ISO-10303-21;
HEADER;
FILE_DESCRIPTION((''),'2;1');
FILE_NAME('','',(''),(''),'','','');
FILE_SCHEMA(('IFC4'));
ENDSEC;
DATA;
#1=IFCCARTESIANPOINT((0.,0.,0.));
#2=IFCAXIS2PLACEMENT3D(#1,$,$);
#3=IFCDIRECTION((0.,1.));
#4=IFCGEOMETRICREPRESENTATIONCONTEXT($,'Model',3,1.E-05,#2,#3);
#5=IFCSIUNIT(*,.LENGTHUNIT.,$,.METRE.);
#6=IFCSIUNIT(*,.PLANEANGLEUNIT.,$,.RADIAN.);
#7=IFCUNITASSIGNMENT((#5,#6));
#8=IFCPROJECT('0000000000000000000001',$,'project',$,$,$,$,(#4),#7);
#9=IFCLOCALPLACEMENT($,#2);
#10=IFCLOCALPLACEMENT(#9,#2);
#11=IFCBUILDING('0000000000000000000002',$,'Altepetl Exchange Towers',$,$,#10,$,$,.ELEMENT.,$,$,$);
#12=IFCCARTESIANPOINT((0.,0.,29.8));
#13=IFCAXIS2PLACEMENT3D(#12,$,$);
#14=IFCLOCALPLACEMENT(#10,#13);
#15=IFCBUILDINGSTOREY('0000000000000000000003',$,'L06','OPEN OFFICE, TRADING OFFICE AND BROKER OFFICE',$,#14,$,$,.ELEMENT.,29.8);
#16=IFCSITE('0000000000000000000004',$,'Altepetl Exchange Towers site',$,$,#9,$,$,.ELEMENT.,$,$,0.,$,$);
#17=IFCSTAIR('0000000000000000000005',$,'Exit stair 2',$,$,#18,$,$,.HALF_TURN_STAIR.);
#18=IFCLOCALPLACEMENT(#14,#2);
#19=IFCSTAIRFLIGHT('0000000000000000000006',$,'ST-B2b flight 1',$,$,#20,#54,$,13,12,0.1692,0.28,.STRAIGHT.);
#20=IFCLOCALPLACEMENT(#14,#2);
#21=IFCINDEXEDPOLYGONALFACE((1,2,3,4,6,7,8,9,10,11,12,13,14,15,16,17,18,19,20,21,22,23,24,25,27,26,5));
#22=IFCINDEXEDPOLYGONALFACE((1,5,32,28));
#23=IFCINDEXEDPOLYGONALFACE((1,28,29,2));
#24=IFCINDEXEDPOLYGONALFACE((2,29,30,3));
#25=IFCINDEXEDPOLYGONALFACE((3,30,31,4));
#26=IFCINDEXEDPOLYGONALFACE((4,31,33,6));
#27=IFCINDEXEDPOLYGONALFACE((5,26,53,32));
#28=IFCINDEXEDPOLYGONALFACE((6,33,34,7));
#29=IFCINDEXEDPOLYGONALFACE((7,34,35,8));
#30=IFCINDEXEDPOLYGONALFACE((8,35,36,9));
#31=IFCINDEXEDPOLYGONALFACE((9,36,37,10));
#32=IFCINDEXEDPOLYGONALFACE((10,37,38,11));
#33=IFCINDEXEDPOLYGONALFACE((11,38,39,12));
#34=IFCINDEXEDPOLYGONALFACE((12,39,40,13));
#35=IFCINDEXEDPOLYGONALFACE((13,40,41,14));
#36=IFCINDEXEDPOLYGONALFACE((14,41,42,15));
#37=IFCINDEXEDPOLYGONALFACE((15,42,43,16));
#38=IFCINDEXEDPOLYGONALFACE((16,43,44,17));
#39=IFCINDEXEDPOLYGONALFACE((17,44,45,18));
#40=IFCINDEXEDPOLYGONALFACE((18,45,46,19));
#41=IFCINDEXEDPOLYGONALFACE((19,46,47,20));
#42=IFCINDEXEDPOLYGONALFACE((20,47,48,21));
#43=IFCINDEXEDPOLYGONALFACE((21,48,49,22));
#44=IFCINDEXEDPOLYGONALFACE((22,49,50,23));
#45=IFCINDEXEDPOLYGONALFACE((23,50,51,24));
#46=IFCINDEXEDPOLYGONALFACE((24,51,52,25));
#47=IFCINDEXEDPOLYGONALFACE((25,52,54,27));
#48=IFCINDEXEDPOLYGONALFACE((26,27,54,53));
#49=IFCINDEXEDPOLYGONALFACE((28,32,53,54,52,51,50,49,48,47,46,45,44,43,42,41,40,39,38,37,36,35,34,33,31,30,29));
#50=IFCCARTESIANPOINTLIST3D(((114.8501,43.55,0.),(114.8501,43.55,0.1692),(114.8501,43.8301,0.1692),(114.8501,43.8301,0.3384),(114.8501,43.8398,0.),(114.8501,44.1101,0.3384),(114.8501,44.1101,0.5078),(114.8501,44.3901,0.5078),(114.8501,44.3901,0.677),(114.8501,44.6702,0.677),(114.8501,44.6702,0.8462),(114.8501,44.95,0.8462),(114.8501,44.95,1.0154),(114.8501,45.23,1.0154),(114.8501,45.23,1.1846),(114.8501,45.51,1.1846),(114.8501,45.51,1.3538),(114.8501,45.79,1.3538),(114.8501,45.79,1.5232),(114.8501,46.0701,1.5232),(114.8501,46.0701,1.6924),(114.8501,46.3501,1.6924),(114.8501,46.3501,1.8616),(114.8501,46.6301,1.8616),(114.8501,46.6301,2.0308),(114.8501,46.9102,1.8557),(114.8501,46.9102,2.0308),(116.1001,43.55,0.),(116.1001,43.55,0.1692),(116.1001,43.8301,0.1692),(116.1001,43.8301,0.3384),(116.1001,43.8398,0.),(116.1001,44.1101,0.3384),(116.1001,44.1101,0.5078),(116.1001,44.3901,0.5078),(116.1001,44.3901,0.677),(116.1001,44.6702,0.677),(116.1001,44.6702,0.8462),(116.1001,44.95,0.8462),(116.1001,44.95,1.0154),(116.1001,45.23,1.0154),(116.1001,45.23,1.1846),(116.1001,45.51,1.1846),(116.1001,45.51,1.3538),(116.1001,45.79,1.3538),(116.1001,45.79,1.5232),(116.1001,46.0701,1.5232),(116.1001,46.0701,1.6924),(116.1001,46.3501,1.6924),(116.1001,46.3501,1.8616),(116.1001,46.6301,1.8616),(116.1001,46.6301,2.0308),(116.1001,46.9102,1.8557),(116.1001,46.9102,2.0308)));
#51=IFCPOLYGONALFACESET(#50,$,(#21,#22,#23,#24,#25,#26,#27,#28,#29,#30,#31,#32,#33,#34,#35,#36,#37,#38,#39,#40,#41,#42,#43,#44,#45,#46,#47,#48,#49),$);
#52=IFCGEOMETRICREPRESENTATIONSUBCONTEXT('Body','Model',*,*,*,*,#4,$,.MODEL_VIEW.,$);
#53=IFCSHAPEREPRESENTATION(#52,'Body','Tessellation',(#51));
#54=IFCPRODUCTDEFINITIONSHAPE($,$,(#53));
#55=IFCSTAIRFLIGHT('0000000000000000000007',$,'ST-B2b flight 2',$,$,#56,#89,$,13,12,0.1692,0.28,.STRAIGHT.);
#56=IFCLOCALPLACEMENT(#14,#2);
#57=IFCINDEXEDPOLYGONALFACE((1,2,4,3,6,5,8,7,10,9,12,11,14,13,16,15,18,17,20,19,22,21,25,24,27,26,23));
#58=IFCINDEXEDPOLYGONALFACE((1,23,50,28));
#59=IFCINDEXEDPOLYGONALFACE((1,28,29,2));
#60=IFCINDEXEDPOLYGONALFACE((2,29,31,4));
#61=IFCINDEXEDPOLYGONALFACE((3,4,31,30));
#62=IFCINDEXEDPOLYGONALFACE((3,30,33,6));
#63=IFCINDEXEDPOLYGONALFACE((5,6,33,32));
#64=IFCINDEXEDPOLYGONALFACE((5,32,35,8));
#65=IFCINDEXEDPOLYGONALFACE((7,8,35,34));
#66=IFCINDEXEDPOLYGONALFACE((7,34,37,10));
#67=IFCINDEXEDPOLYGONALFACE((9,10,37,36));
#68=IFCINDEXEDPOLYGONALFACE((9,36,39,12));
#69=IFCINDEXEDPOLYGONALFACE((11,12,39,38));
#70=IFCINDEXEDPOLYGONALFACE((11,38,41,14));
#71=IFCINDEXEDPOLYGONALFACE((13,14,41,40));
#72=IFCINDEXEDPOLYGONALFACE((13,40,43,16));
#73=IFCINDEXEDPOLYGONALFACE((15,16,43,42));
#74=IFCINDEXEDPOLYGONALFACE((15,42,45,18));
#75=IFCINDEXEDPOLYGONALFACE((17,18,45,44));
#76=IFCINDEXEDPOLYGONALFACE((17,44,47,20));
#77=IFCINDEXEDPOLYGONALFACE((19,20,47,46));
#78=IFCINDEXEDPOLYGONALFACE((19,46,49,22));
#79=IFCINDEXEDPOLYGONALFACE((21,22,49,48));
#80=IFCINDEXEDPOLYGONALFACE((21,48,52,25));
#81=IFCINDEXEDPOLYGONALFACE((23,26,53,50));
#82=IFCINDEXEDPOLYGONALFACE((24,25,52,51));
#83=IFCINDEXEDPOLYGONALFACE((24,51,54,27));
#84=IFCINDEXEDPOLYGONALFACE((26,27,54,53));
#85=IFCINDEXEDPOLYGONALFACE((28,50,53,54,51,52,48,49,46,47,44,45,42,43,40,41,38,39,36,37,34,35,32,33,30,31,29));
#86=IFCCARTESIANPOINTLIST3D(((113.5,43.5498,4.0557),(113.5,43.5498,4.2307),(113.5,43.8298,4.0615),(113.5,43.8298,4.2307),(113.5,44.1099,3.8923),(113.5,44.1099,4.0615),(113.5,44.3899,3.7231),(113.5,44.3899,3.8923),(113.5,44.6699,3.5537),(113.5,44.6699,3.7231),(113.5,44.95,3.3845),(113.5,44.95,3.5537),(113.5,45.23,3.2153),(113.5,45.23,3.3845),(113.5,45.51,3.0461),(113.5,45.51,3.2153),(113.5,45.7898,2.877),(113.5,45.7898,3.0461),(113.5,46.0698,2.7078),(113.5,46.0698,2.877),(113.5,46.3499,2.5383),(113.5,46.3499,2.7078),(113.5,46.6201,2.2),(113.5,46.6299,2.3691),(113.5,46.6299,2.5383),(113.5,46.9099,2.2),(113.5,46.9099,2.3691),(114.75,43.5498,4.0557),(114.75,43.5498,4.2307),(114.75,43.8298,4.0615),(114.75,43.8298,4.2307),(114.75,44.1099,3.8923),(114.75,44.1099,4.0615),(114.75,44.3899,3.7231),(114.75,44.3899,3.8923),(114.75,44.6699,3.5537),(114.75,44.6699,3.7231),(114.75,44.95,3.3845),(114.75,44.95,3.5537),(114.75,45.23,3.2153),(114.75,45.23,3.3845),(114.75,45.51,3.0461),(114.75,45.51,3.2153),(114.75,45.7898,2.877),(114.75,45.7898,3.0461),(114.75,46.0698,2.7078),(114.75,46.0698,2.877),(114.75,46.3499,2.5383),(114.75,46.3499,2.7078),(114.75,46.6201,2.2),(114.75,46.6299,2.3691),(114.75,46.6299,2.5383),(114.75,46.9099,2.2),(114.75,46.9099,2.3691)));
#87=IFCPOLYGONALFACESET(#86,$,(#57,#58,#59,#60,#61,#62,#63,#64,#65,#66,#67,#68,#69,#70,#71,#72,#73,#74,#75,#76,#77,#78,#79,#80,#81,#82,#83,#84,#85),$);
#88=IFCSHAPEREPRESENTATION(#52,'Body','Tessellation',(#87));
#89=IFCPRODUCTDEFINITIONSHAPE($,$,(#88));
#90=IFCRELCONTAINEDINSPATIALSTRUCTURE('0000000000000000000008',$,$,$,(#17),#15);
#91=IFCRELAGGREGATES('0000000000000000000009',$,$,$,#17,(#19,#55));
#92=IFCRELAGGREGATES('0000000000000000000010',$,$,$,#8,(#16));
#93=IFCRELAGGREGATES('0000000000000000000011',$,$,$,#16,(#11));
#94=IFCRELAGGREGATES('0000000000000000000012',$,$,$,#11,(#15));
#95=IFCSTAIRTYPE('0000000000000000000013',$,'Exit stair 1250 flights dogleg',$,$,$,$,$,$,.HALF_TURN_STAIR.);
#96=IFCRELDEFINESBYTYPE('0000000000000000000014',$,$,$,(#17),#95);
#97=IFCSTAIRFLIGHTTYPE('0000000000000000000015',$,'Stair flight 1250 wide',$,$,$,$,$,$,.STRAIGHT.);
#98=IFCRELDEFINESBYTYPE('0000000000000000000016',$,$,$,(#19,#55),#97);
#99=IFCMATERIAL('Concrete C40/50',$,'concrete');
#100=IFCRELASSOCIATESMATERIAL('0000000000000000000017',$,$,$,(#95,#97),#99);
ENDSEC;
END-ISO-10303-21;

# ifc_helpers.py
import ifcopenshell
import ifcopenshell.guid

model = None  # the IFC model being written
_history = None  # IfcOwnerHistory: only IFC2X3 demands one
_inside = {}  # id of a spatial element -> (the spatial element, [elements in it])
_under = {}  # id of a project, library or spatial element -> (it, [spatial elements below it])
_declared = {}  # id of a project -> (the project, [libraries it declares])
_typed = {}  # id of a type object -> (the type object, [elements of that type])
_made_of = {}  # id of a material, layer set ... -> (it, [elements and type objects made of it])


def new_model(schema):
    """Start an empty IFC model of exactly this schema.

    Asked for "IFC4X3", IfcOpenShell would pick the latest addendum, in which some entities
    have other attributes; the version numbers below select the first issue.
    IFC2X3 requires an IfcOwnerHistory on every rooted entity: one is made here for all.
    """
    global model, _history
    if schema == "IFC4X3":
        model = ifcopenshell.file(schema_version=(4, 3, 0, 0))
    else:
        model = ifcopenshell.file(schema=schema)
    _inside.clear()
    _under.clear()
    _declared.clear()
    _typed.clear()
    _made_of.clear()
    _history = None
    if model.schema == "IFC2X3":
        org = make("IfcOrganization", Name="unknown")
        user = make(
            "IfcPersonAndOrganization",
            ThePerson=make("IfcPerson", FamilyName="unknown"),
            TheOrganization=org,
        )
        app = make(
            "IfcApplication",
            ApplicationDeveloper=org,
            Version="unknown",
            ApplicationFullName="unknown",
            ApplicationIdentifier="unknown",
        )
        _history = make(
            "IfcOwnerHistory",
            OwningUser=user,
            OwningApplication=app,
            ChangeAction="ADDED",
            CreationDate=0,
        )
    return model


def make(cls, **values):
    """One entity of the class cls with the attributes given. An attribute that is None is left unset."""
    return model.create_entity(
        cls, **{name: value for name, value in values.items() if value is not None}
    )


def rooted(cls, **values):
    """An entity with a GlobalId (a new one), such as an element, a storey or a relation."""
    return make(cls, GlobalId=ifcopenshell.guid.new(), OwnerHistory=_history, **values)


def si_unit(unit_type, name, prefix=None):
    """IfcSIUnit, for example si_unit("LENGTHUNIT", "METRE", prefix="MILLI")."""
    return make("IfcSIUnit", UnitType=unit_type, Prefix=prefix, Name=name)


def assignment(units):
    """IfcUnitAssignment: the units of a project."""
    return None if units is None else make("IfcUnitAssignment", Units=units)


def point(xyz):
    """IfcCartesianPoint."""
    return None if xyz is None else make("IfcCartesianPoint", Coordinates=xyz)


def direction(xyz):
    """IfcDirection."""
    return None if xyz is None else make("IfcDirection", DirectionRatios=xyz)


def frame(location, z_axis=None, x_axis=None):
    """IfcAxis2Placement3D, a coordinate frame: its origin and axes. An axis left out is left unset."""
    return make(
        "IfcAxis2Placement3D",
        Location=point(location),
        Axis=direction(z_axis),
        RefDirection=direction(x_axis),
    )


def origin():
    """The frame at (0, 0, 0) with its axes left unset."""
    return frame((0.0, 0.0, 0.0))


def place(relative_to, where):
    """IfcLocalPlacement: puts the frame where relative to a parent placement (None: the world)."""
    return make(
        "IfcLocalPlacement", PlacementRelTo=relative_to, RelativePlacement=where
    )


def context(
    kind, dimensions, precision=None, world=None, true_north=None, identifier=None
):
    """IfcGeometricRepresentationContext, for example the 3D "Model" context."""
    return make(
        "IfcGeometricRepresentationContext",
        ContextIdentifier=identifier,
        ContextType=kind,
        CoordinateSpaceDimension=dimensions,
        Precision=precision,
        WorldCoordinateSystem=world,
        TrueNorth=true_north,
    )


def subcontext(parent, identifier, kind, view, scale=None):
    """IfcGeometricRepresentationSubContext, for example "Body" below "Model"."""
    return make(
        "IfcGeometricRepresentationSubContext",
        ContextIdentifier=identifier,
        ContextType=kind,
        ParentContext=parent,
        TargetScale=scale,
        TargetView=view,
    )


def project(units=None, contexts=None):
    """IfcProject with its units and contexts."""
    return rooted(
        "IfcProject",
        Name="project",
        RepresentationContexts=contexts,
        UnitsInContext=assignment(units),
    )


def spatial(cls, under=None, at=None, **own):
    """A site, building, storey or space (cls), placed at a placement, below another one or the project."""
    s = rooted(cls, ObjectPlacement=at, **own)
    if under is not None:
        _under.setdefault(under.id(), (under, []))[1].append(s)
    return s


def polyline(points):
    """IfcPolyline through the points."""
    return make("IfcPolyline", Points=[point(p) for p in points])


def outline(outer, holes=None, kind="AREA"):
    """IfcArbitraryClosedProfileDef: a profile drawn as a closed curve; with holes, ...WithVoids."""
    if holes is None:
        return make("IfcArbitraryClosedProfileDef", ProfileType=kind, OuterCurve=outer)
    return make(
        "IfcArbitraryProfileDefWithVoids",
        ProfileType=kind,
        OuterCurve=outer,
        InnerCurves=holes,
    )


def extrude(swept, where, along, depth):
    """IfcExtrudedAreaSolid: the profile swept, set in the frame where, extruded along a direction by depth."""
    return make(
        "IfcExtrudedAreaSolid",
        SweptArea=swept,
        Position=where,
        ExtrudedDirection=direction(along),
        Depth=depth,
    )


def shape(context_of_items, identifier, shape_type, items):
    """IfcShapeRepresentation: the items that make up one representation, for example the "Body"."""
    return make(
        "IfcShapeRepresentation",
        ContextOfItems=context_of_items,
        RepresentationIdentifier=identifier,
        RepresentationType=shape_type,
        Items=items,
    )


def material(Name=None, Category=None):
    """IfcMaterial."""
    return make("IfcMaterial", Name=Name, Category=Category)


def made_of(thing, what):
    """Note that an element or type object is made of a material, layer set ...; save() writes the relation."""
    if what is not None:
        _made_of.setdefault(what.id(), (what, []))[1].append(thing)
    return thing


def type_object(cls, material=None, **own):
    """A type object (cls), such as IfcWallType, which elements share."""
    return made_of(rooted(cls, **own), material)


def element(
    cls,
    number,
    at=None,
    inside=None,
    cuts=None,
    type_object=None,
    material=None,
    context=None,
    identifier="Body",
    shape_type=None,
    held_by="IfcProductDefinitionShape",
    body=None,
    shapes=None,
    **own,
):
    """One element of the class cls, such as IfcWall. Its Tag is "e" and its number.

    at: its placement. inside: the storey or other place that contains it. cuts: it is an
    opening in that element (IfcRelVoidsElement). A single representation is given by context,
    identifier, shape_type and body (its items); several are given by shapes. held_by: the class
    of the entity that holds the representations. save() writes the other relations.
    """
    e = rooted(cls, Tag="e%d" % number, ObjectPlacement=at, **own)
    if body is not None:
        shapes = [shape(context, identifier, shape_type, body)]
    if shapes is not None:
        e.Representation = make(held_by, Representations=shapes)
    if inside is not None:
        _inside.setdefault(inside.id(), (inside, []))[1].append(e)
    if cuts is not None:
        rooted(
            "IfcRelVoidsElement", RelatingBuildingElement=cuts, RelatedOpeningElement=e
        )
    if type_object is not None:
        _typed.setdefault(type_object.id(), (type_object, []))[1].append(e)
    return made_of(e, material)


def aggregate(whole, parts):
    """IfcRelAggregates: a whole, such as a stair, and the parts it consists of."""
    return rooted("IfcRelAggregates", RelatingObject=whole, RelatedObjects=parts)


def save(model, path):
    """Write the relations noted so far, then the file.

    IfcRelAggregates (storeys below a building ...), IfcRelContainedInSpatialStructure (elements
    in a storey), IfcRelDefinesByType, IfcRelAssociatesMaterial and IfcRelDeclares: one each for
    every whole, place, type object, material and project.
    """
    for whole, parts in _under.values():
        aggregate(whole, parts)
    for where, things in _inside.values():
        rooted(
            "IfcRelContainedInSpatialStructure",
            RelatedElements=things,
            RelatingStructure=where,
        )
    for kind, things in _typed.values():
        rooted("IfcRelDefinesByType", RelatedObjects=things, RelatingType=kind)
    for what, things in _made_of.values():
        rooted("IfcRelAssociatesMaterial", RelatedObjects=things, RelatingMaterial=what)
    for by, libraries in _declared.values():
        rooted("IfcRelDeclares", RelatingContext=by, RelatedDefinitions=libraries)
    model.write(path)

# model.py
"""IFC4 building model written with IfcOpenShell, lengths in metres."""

from ifc_helpers import new_model, si_unit, direction, frame, origin, place, context, subcontext, project, spatial, polyline, outline, extrude, material, type_object, element, aggregate, save


model = new_model("IFC4")

# Units and contexts
model_context = context("Model", 3, precision=1e-05, world=origin(), true_north=direction((0.0, 1.0)))
body_context = subcontext(model_context, "Body", "Model", "MODEL_VIEW")
ifc_project = project(units=[si_unit("LENGTHUNIT", "METRE"), si_unit("PLANEANGLEUNIT", "RADIAN")], contexts=[model_context])

# Site, building, storey
site_placement = place(None, origin())
site = spatial("IfcSite", under=ifc_project, at=site_placement, Name="Altepetl Exchange Towers site", CompositionType="ELEMENT", RefElevation=0.0)
building_placement = place(site_placement, origin())
building = spatial("IfcBuilding", under=site, at=building_placement, Name="Altepetl Exchange Towers", CompositionType="ELEMENT")
storey_placement = place(building_placement, frame((0.0, 0.0, 29.8)))
storey = spatial("IfcBuildingStorey", under=building, at=storey_placement, Name="L06", Description="OPEN OFFICE, TRADING OFFICE AND BROKER OFFICE", CompositionType="ELEMENT", Elevation=29.8)

# Shared definitions
ifc_material_1 = material(Name="Concrete C40/50", Category="concrete")

# Shared definitions
stair_type = type_object("IfcStairType", Name="Exit stair 1250 flights dogleg", PredefinedType="HALF_TURN_STAIR", material=ifc_material_1)
stair_flight_type = type_object("IfcStairFlightType", Name="Stair flight 1250 wide", PredefinedType="STRAIGHT", material=ifc_material_1)

# Stair, stair flights
stair_1_placement = place(storey_placement, origin())
stair_1 = element("IfcStair", 1, at=stair_1_placement, inside=storey, type_object=stair_type, Name="Exit stair 2", PredefinedType="HALF_TURN_STAIR")
stair_flight_1_placement = place(storey_placement, frame((115.4751, 43.55, 0.0), z_axis=(0.0, 0.0, 1.0), x_axis=(0.0, 1.0, 0.0)))
stair_flight_1 = element("IfcStairFlight", 2, at=stair_flight_1_placement, type_object=stair_flight_type, Name="ST-B2b flight 1", NumberOfRisers=13, NumberOfTreads=12, PredefinedType="STRAIGHT", RiserHeight=0.1692, TreadLength=0.28, context=body_context, shape_type="SweptSolid", body=[
    extrude(outline(polyline([(0.0, 0.0), (0.0, 0.1692), (0.28, 0.1692), (0.28, 0.3384), (0.5601, 0.3384), (0.5601, 0.5078), (0.8401, 0.5078), (0.8401, 0.677), (1.1201, 0.677), (1.1201, 0.8462), (1.3999, 0.8462), (1.3999, 1.0154), (1.6799, 1.0154), (1.6799, 1.1846), (1.96, 1.1846), (1.96, 1.3538), (2.24, 1.3538), (2.24, 1.5232), (2.52, 1.5232), (2.52, 1.6924), (2.8, 1.6924), (2.8, 1.8616), (3.0801, 1.8616), (3.0801, 2.0308), (3.3601, 2.0308), (3.3601, 2.2), (3.3601, 1.8557), (0.2898, 0.0), (0.0, 0.0)])), frame((0.0, 0.625, 0.0), z_axis=(0.0, -1.0, 0.0), x_axis=(1.0, 0.0, 0.0)), (0.0, 0.0, 1.0), 1.25),
])
stair_flight_2_placement = place(storey_placement, frame((114.125, 46.9099, 2.2), z_axis=(0.0, 0.0, 1.0), x_axis=(0.0, -1.0, 0.0)))
stair_flight_2 = element("IfcStairFlight", 3, at=stair_flight_2_placement, type_object=stair_flight_type, Name="ST-B2b flight 2", NumberOfRisers=13, NumberOfTreads=12, PredefinedType="STRAIGHT", RiserHeight=0.1692, TreadLength=0.28, context=body_context, shape_type="SweptSolid", body=[
    extrude(outline(polyline([(0.0, 0.0), (0.0, 0.1692), (0.28, 0.1692), (0.28, 0.3384), (0.5601, 0.3384), (0.5601, 0.5078), (0.8401, 0.5078), (0.8401, 0.677), (1.1201, 0.677), (1.1201, 0.8462), (1.3999, 0.8462), (1.3999, 1.0154), (1.6799, 1.0154), (1.6799, 1.1846), (1.96, 1.1846), (1.96, 1.3538), (2.24, 1.3538), (2.24, 1.5232), (2.52, 1.5232), (2.52, 1.6924), (2.8, 1.6924), (2.8, 1.8616), (3.0801, 1.8616), (3.0801, 2.0308), (3.3601, 2.0308), (3.3601, 2.2), (3.3601, 1.8557), (0.2898, 0.0), (0.0, 0.0)])), frame((0.0, 0.625, 0.0), z_axis=(0.0, -1.0, 0.0), x_axis=(1.0, 0.0, 0.0)), (0.0, 0.0, 1.0), 1.25),
])
aggregate(stair_1, [stair_flight_1, stair_flight_2])

save(model, "model.ifc")
